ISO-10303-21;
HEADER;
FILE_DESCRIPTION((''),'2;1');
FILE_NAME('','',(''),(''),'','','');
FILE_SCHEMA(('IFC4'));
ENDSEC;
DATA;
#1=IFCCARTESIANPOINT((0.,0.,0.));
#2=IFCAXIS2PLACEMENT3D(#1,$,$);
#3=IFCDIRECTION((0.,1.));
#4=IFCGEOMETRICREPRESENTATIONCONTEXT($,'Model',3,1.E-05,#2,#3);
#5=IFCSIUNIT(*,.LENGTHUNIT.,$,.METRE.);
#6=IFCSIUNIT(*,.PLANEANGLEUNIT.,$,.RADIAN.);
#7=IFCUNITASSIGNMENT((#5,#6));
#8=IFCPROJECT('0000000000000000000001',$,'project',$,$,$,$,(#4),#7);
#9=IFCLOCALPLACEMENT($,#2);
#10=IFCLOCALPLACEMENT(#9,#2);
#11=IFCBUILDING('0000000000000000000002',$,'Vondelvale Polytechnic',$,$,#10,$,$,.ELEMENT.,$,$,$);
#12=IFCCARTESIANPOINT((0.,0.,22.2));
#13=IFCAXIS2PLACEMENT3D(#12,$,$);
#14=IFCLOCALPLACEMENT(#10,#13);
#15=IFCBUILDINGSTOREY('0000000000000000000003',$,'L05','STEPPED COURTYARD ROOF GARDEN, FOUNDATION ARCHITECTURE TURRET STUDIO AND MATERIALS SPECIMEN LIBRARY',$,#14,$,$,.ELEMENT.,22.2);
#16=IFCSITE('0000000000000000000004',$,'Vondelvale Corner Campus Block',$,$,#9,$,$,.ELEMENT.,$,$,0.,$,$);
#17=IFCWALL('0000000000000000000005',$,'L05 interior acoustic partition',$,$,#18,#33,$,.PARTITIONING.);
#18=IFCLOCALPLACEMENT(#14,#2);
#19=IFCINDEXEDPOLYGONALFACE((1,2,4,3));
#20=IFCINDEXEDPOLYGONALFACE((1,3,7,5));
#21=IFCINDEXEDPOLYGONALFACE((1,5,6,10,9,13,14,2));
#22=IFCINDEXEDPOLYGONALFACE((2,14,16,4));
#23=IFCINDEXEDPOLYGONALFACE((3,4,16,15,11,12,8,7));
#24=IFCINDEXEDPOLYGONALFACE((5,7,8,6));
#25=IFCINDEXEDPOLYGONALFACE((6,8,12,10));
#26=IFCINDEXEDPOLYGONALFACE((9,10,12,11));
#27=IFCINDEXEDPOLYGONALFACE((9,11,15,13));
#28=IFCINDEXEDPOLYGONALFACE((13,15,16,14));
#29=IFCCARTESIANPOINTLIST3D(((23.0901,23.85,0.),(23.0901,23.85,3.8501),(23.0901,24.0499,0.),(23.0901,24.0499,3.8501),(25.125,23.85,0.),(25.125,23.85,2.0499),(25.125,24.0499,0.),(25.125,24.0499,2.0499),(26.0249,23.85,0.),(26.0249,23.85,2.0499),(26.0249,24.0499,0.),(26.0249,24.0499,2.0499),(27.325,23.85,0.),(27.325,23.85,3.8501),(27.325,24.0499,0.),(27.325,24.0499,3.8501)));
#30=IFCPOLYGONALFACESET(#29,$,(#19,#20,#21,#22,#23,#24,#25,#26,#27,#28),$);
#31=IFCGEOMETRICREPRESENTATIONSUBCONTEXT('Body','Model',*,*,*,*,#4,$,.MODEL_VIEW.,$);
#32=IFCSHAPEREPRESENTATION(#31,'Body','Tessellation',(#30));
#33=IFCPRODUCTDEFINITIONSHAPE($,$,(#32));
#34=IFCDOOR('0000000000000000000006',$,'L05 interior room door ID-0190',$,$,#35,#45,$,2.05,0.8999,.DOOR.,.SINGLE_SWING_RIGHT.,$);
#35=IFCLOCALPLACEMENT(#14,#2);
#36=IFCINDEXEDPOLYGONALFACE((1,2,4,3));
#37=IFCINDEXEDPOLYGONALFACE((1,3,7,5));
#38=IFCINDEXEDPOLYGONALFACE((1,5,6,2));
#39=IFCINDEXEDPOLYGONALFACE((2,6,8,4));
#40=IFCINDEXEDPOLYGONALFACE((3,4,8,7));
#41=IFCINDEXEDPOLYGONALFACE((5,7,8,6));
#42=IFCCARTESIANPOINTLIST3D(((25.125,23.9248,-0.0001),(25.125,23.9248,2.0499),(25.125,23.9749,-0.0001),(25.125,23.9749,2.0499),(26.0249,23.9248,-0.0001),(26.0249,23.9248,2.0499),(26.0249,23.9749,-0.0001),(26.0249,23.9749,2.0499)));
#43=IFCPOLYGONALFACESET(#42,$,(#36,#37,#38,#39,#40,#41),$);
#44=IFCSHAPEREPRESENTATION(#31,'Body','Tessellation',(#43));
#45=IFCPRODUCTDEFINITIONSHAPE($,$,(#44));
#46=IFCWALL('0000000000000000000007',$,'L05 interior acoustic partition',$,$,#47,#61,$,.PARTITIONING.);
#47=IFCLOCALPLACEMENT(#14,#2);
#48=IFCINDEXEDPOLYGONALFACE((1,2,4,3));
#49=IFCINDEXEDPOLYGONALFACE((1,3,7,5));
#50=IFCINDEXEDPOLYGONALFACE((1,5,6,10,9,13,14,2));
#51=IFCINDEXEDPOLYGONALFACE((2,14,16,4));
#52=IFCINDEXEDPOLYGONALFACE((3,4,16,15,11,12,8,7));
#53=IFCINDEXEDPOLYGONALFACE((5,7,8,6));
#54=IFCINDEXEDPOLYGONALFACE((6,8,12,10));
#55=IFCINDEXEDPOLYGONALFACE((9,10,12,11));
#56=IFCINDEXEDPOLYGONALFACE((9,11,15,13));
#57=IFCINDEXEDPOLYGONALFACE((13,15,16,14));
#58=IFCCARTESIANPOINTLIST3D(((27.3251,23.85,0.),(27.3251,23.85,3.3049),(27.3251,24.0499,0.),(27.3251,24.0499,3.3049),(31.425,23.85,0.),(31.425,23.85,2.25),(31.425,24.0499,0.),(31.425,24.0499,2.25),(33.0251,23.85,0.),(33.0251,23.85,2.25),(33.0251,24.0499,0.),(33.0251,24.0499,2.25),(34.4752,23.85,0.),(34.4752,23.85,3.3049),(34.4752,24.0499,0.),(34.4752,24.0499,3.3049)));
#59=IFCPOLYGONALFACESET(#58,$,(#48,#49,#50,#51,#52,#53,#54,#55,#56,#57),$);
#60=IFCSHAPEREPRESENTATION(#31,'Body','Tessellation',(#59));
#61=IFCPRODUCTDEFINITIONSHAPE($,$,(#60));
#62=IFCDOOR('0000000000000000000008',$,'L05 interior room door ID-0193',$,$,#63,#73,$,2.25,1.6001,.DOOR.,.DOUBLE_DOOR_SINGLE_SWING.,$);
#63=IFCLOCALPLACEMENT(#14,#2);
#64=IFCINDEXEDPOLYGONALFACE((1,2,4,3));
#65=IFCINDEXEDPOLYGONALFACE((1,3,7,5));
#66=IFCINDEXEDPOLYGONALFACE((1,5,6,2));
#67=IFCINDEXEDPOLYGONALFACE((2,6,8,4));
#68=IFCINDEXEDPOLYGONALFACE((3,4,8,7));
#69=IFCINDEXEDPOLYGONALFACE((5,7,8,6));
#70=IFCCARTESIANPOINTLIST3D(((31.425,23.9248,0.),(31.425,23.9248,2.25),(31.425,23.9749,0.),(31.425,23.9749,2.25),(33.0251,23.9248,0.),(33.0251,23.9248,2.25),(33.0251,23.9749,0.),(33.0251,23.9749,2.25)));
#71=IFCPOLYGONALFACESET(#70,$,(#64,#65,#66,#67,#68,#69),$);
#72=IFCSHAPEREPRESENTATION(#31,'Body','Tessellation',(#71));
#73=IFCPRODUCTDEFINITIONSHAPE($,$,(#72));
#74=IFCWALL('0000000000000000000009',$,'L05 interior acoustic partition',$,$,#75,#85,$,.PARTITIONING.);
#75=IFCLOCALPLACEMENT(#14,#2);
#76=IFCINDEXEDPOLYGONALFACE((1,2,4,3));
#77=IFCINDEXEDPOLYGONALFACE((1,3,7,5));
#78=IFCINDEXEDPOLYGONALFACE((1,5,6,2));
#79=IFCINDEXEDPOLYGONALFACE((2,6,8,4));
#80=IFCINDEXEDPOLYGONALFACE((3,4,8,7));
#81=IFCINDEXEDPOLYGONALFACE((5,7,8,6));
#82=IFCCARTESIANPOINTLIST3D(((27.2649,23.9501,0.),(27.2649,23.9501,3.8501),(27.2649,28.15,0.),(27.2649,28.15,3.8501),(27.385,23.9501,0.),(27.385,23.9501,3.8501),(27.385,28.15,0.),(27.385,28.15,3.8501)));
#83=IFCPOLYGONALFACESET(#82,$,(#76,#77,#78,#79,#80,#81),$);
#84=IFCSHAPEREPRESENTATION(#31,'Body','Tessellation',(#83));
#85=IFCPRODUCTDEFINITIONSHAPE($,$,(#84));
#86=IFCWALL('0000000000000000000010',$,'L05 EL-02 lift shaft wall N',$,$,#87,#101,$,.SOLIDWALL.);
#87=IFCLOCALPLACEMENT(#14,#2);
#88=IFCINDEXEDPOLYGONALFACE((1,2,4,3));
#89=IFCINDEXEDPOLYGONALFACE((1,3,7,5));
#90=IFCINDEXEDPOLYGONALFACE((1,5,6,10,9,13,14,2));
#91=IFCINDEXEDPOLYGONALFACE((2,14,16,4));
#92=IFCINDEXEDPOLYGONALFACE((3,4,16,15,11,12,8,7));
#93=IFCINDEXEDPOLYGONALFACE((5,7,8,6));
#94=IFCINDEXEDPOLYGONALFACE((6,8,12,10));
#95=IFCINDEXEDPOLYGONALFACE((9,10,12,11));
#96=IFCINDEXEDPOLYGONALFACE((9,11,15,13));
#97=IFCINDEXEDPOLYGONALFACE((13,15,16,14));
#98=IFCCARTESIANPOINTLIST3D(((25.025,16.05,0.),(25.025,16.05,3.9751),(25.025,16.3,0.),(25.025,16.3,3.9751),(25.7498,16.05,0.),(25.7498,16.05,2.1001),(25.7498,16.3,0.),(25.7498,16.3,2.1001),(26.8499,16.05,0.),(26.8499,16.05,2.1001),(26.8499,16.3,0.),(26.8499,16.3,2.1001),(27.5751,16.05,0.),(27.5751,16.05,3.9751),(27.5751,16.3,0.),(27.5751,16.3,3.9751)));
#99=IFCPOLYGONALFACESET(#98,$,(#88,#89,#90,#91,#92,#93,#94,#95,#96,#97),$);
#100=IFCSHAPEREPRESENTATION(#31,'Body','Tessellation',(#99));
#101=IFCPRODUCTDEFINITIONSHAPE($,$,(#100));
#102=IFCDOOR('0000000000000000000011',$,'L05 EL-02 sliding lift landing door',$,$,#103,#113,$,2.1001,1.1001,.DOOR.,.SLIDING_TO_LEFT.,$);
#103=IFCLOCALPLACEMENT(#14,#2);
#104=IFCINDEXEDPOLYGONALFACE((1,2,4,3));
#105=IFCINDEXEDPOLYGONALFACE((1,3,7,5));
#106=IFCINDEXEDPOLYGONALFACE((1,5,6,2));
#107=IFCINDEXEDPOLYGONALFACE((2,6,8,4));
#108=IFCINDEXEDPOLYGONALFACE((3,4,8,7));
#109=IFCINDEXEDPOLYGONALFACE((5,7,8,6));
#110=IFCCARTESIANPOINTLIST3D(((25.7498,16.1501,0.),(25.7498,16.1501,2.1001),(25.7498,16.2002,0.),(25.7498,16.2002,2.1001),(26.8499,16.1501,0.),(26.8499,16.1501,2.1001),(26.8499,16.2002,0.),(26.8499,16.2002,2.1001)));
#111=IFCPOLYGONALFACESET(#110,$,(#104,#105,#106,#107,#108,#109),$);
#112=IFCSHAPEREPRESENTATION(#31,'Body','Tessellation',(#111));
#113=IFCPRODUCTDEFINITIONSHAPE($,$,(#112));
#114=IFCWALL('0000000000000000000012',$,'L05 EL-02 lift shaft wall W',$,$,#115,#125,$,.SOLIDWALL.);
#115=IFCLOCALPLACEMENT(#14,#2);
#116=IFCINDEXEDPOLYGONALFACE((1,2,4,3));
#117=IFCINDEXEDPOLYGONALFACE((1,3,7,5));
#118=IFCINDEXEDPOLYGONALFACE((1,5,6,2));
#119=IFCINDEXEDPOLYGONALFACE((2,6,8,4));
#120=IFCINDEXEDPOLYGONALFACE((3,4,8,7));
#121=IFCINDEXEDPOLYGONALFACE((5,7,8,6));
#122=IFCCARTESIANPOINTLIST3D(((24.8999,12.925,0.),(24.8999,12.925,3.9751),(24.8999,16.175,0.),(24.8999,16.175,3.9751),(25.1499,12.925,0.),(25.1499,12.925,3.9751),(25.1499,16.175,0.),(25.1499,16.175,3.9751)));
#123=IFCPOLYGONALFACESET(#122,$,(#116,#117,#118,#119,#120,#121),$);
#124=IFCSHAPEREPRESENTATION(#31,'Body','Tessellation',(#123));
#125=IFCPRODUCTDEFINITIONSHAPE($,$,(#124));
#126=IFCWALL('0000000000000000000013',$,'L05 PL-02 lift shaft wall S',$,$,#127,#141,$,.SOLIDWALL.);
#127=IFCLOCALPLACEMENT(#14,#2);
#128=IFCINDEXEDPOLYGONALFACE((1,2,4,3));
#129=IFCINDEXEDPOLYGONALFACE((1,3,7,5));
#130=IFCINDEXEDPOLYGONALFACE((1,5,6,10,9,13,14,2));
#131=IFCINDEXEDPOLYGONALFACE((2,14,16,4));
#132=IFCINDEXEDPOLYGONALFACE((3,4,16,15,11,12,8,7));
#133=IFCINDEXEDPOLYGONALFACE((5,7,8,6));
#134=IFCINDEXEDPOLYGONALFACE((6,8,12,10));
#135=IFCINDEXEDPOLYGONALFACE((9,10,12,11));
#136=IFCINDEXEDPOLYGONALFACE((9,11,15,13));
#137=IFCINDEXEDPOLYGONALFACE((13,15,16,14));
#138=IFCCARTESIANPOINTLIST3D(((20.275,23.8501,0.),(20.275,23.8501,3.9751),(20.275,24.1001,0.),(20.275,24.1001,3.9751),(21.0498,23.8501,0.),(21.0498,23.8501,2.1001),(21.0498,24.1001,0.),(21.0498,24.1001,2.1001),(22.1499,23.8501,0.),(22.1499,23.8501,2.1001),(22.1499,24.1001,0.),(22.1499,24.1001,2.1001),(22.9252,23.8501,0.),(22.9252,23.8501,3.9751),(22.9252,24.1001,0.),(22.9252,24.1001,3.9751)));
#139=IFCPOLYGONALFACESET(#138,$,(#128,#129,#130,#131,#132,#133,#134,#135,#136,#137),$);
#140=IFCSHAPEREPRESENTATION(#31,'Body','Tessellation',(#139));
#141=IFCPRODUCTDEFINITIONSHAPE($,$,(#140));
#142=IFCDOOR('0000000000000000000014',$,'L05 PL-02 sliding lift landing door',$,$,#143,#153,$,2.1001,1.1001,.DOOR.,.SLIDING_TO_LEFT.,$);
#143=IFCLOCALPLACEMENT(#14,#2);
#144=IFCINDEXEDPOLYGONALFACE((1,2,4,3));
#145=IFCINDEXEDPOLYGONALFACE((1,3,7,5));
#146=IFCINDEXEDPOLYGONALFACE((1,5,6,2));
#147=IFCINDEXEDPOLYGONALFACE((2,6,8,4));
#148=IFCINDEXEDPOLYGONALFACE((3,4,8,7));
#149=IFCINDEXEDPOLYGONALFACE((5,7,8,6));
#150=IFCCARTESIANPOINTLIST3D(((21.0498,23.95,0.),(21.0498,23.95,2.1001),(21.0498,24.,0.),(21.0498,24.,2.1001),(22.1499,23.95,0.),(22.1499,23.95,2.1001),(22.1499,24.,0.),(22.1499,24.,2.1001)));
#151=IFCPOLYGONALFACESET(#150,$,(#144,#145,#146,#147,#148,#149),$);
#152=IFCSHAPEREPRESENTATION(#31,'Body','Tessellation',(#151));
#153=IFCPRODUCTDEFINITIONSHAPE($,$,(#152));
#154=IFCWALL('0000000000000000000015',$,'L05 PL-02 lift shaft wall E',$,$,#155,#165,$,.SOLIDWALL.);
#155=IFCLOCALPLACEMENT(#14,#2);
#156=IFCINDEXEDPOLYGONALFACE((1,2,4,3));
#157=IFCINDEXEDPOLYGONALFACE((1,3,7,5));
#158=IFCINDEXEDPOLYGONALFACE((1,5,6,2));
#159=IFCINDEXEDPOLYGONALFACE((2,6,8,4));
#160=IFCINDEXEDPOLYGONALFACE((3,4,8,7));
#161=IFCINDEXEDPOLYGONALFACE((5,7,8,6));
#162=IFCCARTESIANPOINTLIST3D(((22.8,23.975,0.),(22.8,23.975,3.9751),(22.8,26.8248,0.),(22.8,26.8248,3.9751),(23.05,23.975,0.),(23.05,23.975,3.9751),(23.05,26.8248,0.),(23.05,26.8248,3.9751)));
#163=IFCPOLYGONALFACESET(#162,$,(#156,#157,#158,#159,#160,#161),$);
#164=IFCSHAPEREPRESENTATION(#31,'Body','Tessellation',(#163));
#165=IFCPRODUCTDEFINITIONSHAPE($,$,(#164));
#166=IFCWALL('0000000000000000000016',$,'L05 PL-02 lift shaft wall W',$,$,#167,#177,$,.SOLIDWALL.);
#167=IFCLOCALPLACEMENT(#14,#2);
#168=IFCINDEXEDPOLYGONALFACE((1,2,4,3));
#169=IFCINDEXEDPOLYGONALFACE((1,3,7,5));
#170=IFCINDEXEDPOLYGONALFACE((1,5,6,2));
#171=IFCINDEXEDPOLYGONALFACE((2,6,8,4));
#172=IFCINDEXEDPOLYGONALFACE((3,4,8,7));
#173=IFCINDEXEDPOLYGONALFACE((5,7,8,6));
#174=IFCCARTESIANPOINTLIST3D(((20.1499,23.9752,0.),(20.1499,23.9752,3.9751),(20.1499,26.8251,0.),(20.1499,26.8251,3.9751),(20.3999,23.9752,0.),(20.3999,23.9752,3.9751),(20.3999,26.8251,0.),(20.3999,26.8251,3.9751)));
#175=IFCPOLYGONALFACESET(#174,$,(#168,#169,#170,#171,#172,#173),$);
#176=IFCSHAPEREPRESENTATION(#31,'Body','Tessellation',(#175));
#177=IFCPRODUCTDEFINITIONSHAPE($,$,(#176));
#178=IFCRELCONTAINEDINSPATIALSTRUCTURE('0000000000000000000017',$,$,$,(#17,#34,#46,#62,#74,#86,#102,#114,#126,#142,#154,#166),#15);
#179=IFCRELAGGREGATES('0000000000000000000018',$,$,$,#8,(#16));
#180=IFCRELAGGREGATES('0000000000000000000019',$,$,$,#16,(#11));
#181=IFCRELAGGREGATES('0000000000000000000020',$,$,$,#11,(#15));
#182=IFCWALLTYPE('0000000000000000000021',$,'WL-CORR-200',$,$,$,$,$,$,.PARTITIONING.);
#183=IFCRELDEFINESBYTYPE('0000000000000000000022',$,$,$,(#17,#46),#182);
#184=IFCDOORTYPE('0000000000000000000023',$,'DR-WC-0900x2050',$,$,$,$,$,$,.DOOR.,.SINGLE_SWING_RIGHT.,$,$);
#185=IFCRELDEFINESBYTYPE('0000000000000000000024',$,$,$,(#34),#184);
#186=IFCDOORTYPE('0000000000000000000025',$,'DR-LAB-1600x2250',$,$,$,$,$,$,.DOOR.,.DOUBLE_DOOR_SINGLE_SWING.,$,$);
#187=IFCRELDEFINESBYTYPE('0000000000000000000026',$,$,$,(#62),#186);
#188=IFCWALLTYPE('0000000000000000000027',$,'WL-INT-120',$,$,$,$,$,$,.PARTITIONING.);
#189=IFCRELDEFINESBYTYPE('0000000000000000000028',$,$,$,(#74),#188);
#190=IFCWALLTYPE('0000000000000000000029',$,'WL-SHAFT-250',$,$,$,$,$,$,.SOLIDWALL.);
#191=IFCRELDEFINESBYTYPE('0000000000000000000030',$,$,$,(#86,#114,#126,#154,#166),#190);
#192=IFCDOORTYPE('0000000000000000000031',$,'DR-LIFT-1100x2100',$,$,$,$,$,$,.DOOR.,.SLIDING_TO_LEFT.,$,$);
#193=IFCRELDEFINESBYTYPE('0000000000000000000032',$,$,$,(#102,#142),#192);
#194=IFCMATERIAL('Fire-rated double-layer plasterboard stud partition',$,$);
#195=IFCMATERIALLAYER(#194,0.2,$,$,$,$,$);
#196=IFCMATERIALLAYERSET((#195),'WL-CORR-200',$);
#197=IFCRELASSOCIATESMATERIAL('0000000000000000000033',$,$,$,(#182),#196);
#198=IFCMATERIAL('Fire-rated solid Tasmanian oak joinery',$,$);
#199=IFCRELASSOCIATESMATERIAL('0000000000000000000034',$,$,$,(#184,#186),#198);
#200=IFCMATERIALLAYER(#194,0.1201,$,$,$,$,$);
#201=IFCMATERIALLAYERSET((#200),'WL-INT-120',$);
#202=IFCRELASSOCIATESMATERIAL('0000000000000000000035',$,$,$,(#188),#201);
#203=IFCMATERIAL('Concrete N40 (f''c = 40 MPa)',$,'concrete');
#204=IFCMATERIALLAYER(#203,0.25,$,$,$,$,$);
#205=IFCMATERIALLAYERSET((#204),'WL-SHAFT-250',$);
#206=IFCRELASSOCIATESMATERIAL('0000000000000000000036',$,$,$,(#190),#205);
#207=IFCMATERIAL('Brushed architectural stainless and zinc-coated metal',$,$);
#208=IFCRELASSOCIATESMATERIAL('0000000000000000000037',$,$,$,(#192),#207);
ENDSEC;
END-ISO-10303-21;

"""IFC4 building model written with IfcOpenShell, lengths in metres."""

from ifc_helpers import new_model, si_unit, direction, frame, frame_2d, origin, place, context, subcontext, project, spatial, rectangle, extrude, material, layer, layer_set, type_object, element, fill, save


model = new_model("IFC4")

# Units and contexts
model_context = context("Model", 3, precision=1e-05, world=origin(), true_north=direction((0.0, 1.0)))
body_context = subcontext(model_context, "Body", "Model", "MODEL_VIEW")
ifc_project = project(units=[si_unit("LENGTHUNIT", "METRE"), si_unit("PLANEANGLEUNIT", "RADIAN")], contexts=[model_context])

# Site, building, storey
site_placement = place(None, origin())
site = spatial("IfcSite", under=ifc_project, at=site_placement, Name="Vondelvale Corner Campus Block", CompositionType="ELEMENT", RefElevation=0.0)
building_placement = place(site_placement, origin())
building = spatial("IfcBuilding", under=site, at=building_placement, Name="Vondelvale Polytechnic", CompositionType="ELEMENT")
storey_placement = place(building_placement, frame((0.0, 0.0, 22.2)))
storey = spatial("IfcBuildingStorey", under=building, at=storey_placement, Name="L05", Description="STEPPED COURTYARD ROOF GARDEN, FOUNDATION ARCHITECTURE TURRET STUDIO AND MATERIALS SPECIMEN LIBRARY", CompositionType="ELEMENT", Elevation=22.2)

# Shared definitions
ifc_material_1 = material(Name="Concrete N40 (f'c = 40 MPa)", Category="concrete")

# Shared definitions
ifc_material_2 = material(Name="Fire-rated double-layer plasterboard stud partition")
ifc_layer_1 = layer(ifc_material_2, 0.2)
ifc_layer_set_1 = layer_set([ifc_layer_1], Name="WL-CORR-200")
wall_type_1 = type_object("IfcWallType", Name="WL-CORR-200", PredefinedType="PARTITIONING", material=ifc_layer_set_1)

# Walls, openings, doors
ifc_material_3 = material(Name="Fire-rated solid Tasmanian oak joinery")
wall_1_placement = place(storey_placement, frame((23.0901, 23.95, 0.0), z_axis=(0.0, 0.0, 1.0), x_axis=(1.0, 0.0, 0.0)))
wall_1 = element("IfcWall", 1, at=wall_1_placement, inside=storey, type_object=wall_type_1, Name="L05 interior acoustic partition", PredefinedType="PARTITIONING", context=body_context, shape_type="SweptSolid", body=[
    extrude(rectangle(XDim=4.2349, YDim=0.2, at=frame_2d((2.1174, 0.0))), origin(), (0.0, 0.0, 1.0), 3.8501),
])
opening_1_placement = place(wall_1_placement, frame((2.0349, 0.0, 0.0)))
opening_1 = element("IfcOpeningElement", 2, at=opening_1_placement, cuts=wall_1, PredefinedType="OPENING", context=body_context, shape_type="SweptSolid", body=[
    extrude(rectangle(XDim=0.8999, YDim=2.05, at=frame_2d((0.45, 1.0249))), frame((0.0, 0.1099, 0.0), z_axis=(0.0, -1.0, 0.0), x_axis=(1.0, 0.0, 0.0)), (0.0, 0.0, 1.0), 0.22),
])
door_type_1 = type_object("IfcDoorType", Name="DR-WC-0900x2050", OperationType="SINGLE_SWING_RIGHT", PredefinedType="DOOR", material=ifc_material_3)
door_1_placement = place(opening_1_placement, origin())
door_1 = element("IfcDoor", 3, at=door_1_placement, inside=storey, type_object=door_type_1, Name="L05 interior room door ID-0190", OperationType="SINGLE_SWING_RIGHT", OverallHeight=2.05, OverallWidth=0.8999, PredefinedType="DOOR", context=body_context, shape_type="SweptSolid", body=[
    extrude(rectangle(XDim=0.8999, YDim=2.05, at=frame_2d((0.45, 1.0249))), frame((0.0, 0.0249, 0.0), z_axis=(0.0, -1.0, 0.0), x_axis=(1.0, 0.0, 0.0)), (0.0, 0.0, 1.0), 0.05),
])
fill(opening_1, door_1)
wall_2_placement = place(storey_placement, frame((27.325, 23.95, 0.0), z_axis=(0.0, 0.0, 1.0), x_axis=(1.0, 0.0, 0.0)))
wall_2 = element("IfcWall", 4, at=wall_2_placement, inside=storey, type_object=wall_type_1, Name="L05 interior acoustic partition", PredefinedType="PARTITIONING", context=body_context, shape_type="SweptSolid", body=[
    extrude(rectangle(XDim=7.1501, YDim=0.2, at=frame_2d((3.5752, 0.0))), origin(), (0.0, 0.0, 1.0), 3.3049),
])
opening_2_placement = place(wall_2_placement, frame((4.1001, 0.0, 0.0)))
opening_2 = element("IfcOpeningElement", 5, at=opening_2_placement, cuts=wall_2, PredefinedType="OPENING", context=body_context, shape_type="SweptSolid", body=[
    extrude(rectangle(XDim=1.6001, YDim=2.25, at=frame_2d((0.8, 1.125))), frame((0.0, 0.1099, 0.0), z_axis=(0.0, -1.0, 0.0), x_axis=(1.0, 0.0, 0.0)), (0.0, 0.0, 1.0), 0.22),
])
door_type_2 = type_object("IfcDoorType", Name="DR-LAB-1600x2250", OperationType="DOUBLE_DOOR_SINGLE_SWING", PredefinedType="DOOR", material=ifc_material_3)
door_2_placement = place(opening_2_placement, origin())
door_2 = element("IfcDoor", 6, at=door_2_placement, inside=storey, type_object=door_type_2, Name="L05 interior room door ID-0193", OperationType="DOUBLE_DOOR_SINGLE_SWING", OverallHeight=2.25, OverallWidth=1.6001, PredefinedType="DOOR", context=body_context, shape_type="SweptSolid", body=[
    extrude(rectangle(XDim=1.6001, YDim=2.25, at=frame_2d((0.8, 1.125))), frame((0.0, 0.0249, 0.0), z_axis=(0.0, -1.0, 0.0), x_axis=(1.0, 0.0, 0.0)), (0.0, 0.0, 1.0), 0.05),
])
fill(opening_2, door_2)

# Wall
ifc_layer_2 = layer(ifc_material_2, 0.1201)
ifc_layer_set_2 = layer_set([ifc_layer_2], Name="WL-INT-120")
wall_type_2 = type_object("IfcWallType", Name="WL-INT-120", PredefinedType="PARTITIONING", material=ifc_layer_set_2)
wall_3_placement = place(storey_placement, frame((27.325, 23.95, 0.0), z_axis=(0.0, 0.0, 1.0), x_axis=(0.0, 1.0, 0.0)))
element("IfcWall", 7, at=wall_3_placement, inside=storey, type_object=wall_type_2, Name="L05 interior acoustic partition", PredefinedType="PARTITIONING", context=body_context, shape_type="SweptSolid", body=[
    extrude(rectangle(XDim=4.2, YDim=0.1201, at=frame_2d((2.1001, 0.0))), origin(), (0.0, 0.0, 1.0), 3.8501),
])

# Wall, opening, door
ifc_layer_3 = layer(ifc_material_1, 0.25)
ifc_layer_set_3 = layer_set([ifc_layer_3], Name="WL-SHAFT-250")
wall_type_3 = type_object("IfcWallType", Name="WL-SHAFT-250", PredefinedType="SOLIDWALL", material=ifc_layer_set_3)
wall_4_placement = place(storey_placement, frame((27.575, 16.175, 0.0), z_axis=(0.0, 0.0, 1.0), x_axis=(-1.0, 0.0, 0.0)))
wall_4 = element("IfcWall", 8, at=wall_4_placement, inside=storey, type_object=wall_type_3, Name="L05 EL-02 lift shaft wall N", PredefinedType="SOLIDWALL", context=body_context, shape_type="SweptSolid", body=[
    extrude(rectangle(XDim=2.55, YDim=0.25, at=frame_2d((1.2749, 0.0))), origin(), (0.0, 0.0, 1.0), 3.9751),
])
opening_3_placement = place(wall_4_placement, frame((0.7251, 0.0, 0.0)))
opening_3 = element("IfcOpeningElement", 9, at=opening_3_placement, cuts=wall_4, PredefinedType="OPENING", context=body_context, shape_type="SweptSolid", body=[
    extrude(rectangle(XDim=1.1001, YDim=2.1001, at=frame_2d((0.55, 1.05))), frame((0.0, 0.135, 0.0), z_axis=(0.0, -1.0, 0.0), x_axis=(1.0, 0.0, 0.0)), (0.0, 0.0, 1.0), 0.27),
])
ifc_material_4 = material(Name="Brushed architectural stainless and zinc-coated metal")
door_type_3 = type_object("IfcDoorType", Name="DR-LIFT-1100x2100", OperationType="SLIDING_TO_LEFT", PredefinedType="DOOR", material=ifc_material_4)
door_3_placement = place(opening_3_placement, origin())
door_3 = element("IfcDoor", 10, at=door_3_placement, inside=storey, type_object=door_type_3, Name="L05 EL-02 sliding lift landing door", OperationType="SLIDING_TO_LEFT", OverallHeight=2.1001, OverallWidth=1.1001, PredefinedType="DOOR", context=body_context, shape_type="SweptSolid", body=[
    extrude(rectangle(XDim=1.1001, YDim=2.1001, at=frame_2d((0.55, 1.05))), frame((0.0, 0.0249, 0.0), z_axis=(0.0, -1.0, 0.0), x_axis=(1.0, 0.0, 0.0)), (0.0, 0.0, 1.0), 0.05),
])
fill(opening_3, door_3)

# Wall
wall_5_placement = place(storey_placement, frame((25.0249, 16.175, 0.0), z_axis=(0.0, 0.0, 1.0), x_axis=(0.0, -1.0, 0.0)))
element("IfcWall", 11, at=wall_5_placement, inside=storey, type_object=wall_type_3, Name="L05 EL-02 lift shaft wall W", PredefinedType="SOLIDWALL", context=body_context, shape_type="SweptSolid", body=[
    extrude(rectangle(XDim=3.25, YDim=0.25, at=frame_2d((1.625, 0.0))), origin(), (0.0, 0.0, 1.0), 3.9751),
])

# Wall, opening, door
wall_6_placement = place(storey_placement, frame((20.2749, 23.9751, 0.0), z_axis=(0.0, 0.0, 1.0), x_axis=(1.0, 0.0, 0.0)))
wall_6 = element("IfcWall", 12, at=wall_6_placement, inside=storey, type_object=wall_type_3, Name="L05 PL-02 lift shaft wall S", PredefinedType="SOLIDWALL", context=body_context, shape_type="SweptSolid", body=[
    extrude(rectangle(XDim=2.6501, YDim=0.25, at=frame_2d((1.3252, 0.0))), origin(), (0.0, 0.0, 1.0), 3.9751),
])
opening_4_placement = place(wall_6_placement, frame((0.7749, 0.0, 0.0)))
opening_4 = element("IfcOpeningElement", 13, at=opening_4_placement, cuts=wall_6, PredefinedType="OPENING", context=body_context, shape_type="SweptSolid", body=[
    extrude(rectangle(XDim=1.1001, YDim=2.1001, at=frame_2d((0.55, 1.05))), frame((0.0, 0.135, 0.0), z_axis=(0.0, -1.0, 0.0), x_axis=(1.0, 0.0, 0.0)), (0.0, 0.0, 1.0), 0.27),
])
door_4_placement = place(opening_4_placement, origin())
door_4 = element("IfcDoor", 14, at=door_4_placement, inside=storey, type_object=door_type_3, Name="L05 PL-02 sliding lift landing door", OperationType="SLIDING_TO_LEFT", OverallHeight=2.1001, OverallWidth=1.1001, PredefinedType="DOOR", context=body_context, shape_type="SweptSolid", body=[
    extrude(rectangle(XDim=1.1001, YDim=2.1001, at=frame_2d((0.55, 1.05))), frame((0.0, 0.0249, 0.0), z_axis=(0.0, -1.0, 0.0), x_axis=(1.0, 0.0, 0.0)), (0.0, 0.0, 1.0), 0.05),
])
fill(opening_4, door_4)

# Walls
for number, where, z_axis, x_axis, name in (
    (15, (22.925, 23.9751, 0.0), (0.0, 0.0, 1.0), (0.0, 1.0, 0.0), "L05 PL-02 lift shaft wall E"),
    (16, (20.2749, 26.825, 0.0), (0.0, 0.0, 1.0), (0.0, -1.0, 0.0), "L05 PL-02 lift shaft wall W"),
):
    element("IfcWall", number, at=place(storey_placement, frame(where, z_axis=z_axis, x_axis=x_axis)), inside=storey, type_object=wall_type_3, Name=name, PredefinedType="SOLIDWALL", context=body_context, shape_type="SweptSolid", body=[
        extrude(rectangle(XDim=2.8499, YDim=0.25, at=frame_2d((1.4248, 0.0))), origin(), (0.0, 0.0, 1.0), 3.9751),
    ])

save(model, "model.ifc")
